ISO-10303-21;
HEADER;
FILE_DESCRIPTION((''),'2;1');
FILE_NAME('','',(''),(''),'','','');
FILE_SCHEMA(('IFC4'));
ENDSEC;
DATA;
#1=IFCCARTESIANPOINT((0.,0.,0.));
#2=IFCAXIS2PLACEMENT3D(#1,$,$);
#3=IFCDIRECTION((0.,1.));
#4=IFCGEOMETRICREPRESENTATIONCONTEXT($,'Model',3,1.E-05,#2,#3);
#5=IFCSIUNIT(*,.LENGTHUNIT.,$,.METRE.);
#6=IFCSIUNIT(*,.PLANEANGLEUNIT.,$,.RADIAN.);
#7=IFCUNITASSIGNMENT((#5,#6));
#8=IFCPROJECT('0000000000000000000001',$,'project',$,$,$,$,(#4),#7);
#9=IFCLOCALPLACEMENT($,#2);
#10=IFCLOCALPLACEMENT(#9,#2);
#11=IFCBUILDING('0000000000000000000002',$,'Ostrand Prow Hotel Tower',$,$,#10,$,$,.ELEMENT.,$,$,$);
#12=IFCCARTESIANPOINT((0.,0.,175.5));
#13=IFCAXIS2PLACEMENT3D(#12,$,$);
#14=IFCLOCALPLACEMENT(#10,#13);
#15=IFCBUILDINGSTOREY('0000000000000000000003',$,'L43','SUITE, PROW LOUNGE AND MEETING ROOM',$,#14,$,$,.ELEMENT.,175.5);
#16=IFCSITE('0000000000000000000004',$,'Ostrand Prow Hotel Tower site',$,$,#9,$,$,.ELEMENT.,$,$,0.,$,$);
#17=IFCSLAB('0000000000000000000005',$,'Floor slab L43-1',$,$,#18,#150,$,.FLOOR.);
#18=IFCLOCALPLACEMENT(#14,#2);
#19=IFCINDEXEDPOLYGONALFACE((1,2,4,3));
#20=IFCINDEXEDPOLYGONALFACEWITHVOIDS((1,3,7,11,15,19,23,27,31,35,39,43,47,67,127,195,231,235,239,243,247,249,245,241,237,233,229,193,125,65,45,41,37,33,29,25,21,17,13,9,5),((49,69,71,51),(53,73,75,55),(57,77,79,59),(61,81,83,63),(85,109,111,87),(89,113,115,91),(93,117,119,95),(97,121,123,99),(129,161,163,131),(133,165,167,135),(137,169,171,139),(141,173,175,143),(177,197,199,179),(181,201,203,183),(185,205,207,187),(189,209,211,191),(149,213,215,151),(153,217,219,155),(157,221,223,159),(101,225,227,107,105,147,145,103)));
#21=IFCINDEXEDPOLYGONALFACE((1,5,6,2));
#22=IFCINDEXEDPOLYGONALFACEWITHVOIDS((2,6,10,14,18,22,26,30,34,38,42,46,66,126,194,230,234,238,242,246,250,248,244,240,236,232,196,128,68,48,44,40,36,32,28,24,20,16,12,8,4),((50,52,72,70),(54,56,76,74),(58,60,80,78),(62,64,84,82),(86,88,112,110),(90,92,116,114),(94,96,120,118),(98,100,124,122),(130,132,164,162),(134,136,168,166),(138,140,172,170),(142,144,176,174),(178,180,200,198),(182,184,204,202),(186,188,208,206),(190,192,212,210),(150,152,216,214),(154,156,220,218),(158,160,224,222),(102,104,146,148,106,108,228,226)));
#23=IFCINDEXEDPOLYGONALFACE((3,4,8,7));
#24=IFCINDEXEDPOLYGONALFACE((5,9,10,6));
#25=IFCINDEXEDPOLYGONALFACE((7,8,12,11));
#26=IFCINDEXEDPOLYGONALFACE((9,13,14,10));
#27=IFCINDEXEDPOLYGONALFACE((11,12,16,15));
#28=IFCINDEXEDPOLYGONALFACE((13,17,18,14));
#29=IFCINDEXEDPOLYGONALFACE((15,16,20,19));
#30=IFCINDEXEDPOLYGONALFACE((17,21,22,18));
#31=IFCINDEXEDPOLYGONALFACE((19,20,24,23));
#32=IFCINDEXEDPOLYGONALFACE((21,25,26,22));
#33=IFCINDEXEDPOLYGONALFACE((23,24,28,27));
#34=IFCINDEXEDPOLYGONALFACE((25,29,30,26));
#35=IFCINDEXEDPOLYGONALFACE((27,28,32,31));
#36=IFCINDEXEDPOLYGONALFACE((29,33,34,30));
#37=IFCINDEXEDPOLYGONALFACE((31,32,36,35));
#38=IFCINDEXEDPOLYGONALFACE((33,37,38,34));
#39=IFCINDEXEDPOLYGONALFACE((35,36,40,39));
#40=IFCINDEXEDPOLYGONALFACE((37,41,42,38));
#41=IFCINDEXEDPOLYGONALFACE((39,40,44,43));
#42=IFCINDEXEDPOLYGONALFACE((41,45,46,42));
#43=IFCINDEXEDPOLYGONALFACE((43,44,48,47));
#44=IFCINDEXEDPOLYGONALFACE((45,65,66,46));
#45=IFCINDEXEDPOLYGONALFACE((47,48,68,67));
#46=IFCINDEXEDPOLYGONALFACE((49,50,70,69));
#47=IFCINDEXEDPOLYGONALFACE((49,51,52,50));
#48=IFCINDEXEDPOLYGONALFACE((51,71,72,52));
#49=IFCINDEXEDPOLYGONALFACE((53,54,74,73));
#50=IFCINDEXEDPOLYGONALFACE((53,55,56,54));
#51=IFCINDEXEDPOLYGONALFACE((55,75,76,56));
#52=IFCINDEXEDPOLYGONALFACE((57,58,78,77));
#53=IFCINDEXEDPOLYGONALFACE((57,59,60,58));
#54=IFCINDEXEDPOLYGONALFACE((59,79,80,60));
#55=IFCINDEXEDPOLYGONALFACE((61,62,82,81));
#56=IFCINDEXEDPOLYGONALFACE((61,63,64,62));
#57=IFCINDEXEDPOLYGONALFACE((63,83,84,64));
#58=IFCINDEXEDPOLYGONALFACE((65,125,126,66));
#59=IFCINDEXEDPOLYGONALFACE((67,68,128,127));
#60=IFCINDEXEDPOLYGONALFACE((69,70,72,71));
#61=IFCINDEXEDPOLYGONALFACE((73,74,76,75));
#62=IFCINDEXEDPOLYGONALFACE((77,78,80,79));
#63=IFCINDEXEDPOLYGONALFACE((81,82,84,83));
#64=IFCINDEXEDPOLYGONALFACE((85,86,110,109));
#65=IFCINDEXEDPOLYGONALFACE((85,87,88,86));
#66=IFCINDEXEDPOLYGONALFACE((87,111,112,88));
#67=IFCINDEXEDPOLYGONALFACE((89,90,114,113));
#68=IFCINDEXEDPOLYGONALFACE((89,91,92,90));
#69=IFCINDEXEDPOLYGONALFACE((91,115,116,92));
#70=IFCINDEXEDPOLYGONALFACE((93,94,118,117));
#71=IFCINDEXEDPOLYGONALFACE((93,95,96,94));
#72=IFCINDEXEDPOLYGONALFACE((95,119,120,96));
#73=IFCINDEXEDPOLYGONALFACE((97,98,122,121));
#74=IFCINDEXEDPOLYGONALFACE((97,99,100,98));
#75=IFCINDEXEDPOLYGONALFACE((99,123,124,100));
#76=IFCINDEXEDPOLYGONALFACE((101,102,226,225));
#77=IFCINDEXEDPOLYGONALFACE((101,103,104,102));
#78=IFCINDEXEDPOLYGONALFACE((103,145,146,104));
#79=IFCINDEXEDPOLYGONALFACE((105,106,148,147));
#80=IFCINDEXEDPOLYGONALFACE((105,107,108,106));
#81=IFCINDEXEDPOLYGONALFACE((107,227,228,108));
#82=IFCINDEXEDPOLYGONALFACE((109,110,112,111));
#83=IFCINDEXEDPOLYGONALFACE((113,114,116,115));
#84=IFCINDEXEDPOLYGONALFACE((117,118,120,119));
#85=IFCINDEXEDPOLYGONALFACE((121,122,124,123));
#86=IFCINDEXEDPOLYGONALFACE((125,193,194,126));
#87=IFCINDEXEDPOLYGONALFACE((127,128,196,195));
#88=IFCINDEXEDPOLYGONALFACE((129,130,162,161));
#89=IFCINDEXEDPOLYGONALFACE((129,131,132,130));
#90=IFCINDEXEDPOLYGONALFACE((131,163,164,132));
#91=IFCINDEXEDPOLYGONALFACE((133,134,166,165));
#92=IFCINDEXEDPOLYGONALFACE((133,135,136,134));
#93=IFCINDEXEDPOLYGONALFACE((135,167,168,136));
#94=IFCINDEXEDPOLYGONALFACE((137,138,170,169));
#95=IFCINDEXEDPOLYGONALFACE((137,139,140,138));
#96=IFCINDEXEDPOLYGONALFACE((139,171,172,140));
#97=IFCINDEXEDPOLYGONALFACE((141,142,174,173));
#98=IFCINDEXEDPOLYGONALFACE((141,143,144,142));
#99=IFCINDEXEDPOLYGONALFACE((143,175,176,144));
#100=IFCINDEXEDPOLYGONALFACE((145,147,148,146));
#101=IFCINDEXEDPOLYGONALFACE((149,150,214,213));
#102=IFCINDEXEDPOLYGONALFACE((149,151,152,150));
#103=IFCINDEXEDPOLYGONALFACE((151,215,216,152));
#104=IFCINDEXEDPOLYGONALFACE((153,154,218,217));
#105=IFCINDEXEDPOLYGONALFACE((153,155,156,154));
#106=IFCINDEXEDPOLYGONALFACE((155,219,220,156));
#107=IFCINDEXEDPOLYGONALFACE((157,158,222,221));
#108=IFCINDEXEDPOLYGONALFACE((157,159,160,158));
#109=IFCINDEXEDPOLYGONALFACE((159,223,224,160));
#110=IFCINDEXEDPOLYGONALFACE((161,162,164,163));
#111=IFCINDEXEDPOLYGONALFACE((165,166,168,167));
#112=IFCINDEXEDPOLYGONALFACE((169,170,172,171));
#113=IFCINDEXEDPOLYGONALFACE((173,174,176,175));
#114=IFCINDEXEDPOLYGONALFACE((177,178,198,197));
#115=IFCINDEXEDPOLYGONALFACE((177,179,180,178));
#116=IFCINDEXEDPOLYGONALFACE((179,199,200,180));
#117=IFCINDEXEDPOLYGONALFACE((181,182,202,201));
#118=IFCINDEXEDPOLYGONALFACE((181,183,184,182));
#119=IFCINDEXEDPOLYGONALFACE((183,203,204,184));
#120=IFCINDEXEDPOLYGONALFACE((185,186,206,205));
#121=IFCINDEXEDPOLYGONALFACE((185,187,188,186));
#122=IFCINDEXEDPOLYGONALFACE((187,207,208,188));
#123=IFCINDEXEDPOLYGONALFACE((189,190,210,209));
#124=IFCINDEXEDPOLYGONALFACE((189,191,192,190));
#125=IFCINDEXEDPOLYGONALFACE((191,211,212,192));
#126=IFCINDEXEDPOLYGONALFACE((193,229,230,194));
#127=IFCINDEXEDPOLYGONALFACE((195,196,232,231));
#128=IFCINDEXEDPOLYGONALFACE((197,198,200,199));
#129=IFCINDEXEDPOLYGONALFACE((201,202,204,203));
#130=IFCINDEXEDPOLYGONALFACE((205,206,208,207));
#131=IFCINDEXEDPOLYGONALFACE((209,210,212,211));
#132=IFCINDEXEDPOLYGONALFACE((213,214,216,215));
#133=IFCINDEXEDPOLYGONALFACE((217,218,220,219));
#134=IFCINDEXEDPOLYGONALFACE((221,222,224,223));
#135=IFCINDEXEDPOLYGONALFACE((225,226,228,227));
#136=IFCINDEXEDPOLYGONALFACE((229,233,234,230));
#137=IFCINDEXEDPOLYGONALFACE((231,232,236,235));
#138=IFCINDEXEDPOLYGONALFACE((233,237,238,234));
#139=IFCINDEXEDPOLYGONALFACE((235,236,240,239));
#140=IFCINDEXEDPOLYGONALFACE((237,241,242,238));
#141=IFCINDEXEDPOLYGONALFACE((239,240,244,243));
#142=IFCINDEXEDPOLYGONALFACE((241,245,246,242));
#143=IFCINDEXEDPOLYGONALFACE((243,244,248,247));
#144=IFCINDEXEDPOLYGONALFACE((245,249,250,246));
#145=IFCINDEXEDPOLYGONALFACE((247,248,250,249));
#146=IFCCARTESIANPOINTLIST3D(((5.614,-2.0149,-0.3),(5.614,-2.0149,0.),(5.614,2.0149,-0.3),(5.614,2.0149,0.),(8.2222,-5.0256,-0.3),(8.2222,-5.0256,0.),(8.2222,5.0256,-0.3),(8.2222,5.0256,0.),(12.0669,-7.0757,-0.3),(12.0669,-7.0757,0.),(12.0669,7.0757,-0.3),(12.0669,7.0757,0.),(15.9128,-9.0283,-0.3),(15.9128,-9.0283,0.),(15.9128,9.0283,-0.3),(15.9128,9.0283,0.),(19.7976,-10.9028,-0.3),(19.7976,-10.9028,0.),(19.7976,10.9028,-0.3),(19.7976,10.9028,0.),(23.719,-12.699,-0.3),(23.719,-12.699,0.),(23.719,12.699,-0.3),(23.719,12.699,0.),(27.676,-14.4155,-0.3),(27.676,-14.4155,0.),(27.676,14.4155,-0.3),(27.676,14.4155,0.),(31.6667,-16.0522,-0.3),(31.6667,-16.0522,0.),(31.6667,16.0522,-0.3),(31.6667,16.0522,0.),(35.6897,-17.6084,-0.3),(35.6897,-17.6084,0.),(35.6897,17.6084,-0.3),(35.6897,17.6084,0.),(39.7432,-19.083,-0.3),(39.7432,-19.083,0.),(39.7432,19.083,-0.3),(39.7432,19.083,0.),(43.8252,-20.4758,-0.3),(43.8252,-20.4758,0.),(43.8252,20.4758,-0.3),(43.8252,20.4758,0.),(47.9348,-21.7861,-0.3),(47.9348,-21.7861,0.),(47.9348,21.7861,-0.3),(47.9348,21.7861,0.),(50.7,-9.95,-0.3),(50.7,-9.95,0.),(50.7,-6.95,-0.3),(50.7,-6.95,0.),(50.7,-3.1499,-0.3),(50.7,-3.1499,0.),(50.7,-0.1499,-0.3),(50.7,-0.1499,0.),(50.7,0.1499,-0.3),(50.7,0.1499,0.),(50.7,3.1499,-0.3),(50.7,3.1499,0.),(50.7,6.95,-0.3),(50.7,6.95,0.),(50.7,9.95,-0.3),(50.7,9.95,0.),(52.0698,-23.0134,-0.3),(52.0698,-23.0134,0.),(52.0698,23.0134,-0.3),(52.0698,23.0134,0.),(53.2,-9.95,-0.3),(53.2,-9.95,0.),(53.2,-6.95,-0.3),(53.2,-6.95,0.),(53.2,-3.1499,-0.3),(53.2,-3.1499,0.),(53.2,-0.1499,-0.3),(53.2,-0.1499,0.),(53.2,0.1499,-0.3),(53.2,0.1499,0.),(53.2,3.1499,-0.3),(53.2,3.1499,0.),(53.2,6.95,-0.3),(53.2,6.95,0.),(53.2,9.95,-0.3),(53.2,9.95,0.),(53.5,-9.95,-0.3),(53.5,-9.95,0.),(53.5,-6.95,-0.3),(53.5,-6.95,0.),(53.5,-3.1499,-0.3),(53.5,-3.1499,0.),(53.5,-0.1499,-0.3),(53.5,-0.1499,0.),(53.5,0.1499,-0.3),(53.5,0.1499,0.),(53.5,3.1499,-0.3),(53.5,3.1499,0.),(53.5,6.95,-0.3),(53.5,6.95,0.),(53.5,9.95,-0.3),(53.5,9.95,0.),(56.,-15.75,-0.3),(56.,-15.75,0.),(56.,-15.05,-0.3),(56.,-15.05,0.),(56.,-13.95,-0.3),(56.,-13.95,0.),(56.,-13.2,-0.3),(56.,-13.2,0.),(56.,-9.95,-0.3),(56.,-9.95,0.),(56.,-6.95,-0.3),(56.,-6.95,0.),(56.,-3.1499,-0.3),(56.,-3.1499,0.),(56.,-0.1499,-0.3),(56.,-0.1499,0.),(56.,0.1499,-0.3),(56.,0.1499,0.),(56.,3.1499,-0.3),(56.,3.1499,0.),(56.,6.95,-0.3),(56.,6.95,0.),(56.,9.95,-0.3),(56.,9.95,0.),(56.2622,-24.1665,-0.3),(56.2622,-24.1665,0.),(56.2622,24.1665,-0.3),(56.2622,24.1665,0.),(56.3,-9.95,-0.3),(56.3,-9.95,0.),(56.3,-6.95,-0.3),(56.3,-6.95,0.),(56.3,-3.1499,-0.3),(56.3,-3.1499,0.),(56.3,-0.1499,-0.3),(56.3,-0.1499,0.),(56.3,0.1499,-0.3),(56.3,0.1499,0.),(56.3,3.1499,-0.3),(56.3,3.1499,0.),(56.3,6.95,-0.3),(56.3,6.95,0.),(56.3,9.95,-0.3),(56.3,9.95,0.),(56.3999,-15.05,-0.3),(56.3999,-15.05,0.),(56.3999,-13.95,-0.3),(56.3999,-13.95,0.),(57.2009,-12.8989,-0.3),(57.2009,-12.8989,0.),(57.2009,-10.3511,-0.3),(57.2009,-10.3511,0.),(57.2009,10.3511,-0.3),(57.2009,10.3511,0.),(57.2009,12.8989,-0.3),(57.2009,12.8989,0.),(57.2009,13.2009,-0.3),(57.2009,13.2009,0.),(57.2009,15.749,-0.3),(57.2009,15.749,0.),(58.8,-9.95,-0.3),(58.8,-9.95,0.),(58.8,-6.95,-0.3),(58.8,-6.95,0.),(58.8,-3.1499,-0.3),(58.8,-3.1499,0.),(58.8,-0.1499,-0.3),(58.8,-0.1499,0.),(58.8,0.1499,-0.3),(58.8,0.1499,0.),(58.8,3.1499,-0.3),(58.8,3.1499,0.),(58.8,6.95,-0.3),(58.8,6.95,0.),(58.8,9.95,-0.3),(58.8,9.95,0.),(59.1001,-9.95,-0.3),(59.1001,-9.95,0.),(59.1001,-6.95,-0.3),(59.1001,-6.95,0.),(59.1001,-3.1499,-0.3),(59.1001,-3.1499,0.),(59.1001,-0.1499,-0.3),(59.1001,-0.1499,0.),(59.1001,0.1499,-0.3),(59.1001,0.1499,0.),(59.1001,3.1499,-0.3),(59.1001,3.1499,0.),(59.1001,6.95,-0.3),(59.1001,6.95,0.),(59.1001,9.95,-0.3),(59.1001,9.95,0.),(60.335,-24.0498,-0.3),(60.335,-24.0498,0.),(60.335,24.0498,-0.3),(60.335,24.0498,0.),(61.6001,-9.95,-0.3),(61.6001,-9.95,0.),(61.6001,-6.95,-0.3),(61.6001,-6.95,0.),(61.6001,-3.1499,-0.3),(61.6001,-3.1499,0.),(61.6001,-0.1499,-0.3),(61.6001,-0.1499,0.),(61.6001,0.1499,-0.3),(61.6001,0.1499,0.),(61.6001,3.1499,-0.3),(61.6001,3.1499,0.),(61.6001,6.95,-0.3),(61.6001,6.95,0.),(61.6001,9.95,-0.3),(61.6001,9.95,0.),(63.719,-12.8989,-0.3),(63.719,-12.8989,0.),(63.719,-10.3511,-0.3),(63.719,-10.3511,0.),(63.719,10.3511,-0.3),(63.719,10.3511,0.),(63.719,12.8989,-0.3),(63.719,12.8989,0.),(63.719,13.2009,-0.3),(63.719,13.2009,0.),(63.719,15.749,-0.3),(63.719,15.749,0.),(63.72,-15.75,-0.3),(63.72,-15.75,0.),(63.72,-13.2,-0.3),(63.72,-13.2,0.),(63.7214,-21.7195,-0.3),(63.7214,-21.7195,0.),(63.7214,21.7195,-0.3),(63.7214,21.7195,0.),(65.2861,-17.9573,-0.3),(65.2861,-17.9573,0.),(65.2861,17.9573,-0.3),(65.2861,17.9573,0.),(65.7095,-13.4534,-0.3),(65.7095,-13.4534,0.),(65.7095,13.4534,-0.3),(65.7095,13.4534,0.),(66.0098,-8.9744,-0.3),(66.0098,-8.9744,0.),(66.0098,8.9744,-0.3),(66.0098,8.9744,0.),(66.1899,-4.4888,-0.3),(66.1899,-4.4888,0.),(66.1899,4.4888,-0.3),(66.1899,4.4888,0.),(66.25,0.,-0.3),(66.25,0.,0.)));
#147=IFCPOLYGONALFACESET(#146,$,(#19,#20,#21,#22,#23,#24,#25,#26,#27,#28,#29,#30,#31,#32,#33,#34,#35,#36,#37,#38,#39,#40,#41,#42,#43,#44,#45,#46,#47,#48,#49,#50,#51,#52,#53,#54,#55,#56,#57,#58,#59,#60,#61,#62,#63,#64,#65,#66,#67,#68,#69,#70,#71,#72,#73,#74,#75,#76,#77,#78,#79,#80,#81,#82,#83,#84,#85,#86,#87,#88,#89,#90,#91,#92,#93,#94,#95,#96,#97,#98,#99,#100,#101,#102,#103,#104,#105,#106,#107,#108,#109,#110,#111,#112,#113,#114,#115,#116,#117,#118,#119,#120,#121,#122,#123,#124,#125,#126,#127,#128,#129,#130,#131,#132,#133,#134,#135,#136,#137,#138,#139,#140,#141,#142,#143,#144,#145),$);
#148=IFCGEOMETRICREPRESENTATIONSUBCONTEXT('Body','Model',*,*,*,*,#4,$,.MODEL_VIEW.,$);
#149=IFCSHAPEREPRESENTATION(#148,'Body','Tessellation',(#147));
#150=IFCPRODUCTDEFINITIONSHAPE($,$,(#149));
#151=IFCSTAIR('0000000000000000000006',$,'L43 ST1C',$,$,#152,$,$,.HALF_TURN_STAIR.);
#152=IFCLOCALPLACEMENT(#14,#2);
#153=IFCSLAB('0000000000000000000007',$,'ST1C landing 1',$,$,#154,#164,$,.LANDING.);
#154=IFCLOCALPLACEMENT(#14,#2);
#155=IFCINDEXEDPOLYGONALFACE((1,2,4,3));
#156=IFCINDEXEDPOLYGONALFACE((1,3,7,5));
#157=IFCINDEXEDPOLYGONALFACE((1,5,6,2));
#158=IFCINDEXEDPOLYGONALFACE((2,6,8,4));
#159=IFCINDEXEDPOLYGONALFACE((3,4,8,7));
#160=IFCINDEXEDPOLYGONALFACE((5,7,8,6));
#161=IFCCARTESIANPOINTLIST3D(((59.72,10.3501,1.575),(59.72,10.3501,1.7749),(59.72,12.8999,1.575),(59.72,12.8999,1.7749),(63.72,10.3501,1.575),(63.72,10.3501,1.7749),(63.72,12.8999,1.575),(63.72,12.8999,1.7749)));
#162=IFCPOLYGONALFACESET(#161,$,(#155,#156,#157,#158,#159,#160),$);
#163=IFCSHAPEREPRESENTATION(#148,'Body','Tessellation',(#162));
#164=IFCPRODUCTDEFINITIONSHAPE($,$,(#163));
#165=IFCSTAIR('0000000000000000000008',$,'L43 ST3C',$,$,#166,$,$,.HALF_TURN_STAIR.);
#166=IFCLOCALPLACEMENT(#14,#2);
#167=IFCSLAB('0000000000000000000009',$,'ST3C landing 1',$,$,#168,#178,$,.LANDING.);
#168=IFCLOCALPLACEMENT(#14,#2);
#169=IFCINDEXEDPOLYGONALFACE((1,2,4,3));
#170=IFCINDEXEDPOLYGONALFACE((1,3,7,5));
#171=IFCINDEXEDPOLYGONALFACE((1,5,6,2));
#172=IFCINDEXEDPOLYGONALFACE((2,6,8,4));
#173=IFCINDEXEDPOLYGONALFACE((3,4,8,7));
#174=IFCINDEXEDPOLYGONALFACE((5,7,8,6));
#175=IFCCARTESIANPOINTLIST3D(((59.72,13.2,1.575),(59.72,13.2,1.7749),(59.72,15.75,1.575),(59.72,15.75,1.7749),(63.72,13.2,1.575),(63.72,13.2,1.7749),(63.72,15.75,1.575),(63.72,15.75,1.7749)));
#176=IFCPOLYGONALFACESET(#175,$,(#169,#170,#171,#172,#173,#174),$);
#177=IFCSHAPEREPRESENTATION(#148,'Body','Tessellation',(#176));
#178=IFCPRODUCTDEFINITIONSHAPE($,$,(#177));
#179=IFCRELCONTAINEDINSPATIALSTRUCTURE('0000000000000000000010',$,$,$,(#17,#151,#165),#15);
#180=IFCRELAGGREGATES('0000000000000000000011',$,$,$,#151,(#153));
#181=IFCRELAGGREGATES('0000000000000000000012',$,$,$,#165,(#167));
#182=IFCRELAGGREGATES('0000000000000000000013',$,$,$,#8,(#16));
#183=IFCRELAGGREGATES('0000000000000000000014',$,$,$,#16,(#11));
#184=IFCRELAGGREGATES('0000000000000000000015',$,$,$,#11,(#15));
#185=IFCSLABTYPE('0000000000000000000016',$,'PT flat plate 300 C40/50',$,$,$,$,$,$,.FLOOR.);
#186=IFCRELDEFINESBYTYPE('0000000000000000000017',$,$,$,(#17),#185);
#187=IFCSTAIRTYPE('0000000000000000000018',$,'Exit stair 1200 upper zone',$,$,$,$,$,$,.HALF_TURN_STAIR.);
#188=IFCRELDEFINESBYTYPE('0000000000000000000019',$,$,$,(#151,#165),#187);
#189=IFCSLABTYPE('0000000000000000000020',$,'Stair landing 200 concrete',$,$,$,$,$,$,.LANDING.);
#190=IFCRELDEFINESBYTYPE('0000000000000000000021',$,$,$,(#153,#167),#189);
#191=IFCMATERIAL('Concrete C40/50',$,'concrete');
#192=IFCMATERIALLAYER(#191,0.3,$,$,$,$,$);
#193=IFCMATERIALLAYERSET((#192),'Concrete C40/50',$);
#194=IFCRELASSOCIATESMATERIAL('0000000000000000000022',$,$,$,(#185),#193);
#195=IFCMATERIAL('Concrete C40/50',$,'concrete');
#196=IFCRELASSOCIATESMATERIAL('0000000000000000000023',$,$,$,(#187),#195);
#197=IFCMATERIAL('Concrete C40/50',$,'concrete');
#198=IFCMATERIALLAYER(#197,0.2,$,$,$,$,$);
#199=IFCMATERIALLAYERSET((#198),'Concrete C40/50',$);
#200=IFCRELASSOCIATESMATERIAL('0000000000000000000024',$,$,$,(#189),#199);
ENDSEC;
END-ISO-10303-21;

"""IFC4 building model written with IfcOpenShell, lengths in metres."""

from ifc_helpers import new_model, si_unit, direction, frame, origin, place, context, subcontext, project, spatial, polyline, outline, extrude, material, layer, layer_set, type_object, element, aggregate, save


model = new_model("IFC4")

# Units and contexts
model_context = context("Model", 3, precision=1e-05, world=origin(), true_north=direction((0.0, 1.0)))
body_context = subcontext(model_context, "Body", "Model", "MODEL_VIEW")
ifc_project = project(units=[si_unit("LENGTHUNIT", "METRE"), si_unit("PLANEANGLEUNIT", "RADIAN")], contexts=[model_context])

# Site, building, storey
site_placement = place(None, origin())
site = spatial("IfcSite", under=ifc_project, at=site_placement, Name="Ostrand Prow Hotel Tower site", CompositionType="ELEMENT", RefElevation=0.0)
building_placement = place(site_placement, origin())
building = spatial("IfcBuilding", under=site, at=building_placement, Name="Ostrand Prow Hotel Tower", CompositionType="ELEMENT")
storey_placement = place(building_placement, frame((0.0, 0.0, 175.5)))
storey = spatial("IfcBuildingStorey", under=building, at=storey_placement, Name="L43", Description="SUITE, PROW LOUNGE AND MEETING ROOM", CompositionType="ELEMENT", Elevation=175.5)

# Slab, opening
ifc_material_1 = material(Name="Concrete C40/50", Category="concrete")
ifc_layer_1 = layer(ifc_material_1, 0.3)
ifc_layer_set_1 = layer_set([ifc_layer_1], Name="Concrete C40/50")
slab_type_1 = type_object("IfcSlabType", Name="PT flat plate 300 C40/50", PredefinedType="FLOOR", material=ifc_layer_set_1)
slab_1_placement = place(storey_placement, frame((0.0, 0.0, -0.3)))
slab_1 = element("IfcSlab", 1, at=slab_1_placement, inside=storey, type_object=slab_type_1, Name="Floor slab L43-1", PredefinedType="FLOOR", context=body_context, shape_type="SweptSolid", body=[
    extrude(outline(polyline([(8.2222, 5.0256), (12.0669, 7.0757), (15.9128, 9.0283), (19.7976, 10.9028), (23.719, 12.699), (27.676, 14.4155), (31.6667, 16.0522), (35.6897, 17.6084), (39.7432, 19.083), (43.8252, 20.4758), (47.9348, 21.7861), (52.0698, 23.0134), (56.2622, 24.1665), (60.335, 24.0498), (63.7214, 21.7195), (65.2861, 17.9573), (65.7095, 13.4534), (66.0098, 8.9744), (66.1899, 4.4888), (66.25, 0.0), (66.1899, -4.4888), (66.0098, -8.9744), (65.7095, -13.4534), (65.2861, -17.9573), (63.7214, -21.7195), (60.335, -24.0498), (56.2622, -24.1665), (52.0698, -23.0134), (47.9348, -21.7861), (43.8252, -20.4758), (39.7432, -19.083), (35.6897, -17.6084), (31.6667, -16.0522), (27.676, -14.4155), (23.719, -12.699), (19.7976, -10.9028), (15.9128, -9.0283), (12.0669, -7.0757), (8.2222, -5.0256), (5.614, -2.0149), (5.614, 2.0149), (8.2222, 5.0256)]), holes=[polyline([(50.7, 6.95), (53.2, 6.95), (53.2, 9.95), (50.7, 9.95), (50.7, 6.95)]), polyline([(53.5, 6.95), (56.0, 6.95), (56.0, 9.95), (53.5, 9.95), (53.5, 6.95)]), polyline([(56.3, 6.95), (58.8, 6.95), (58.8, 9.95), (56.3, 9.95), (56.3, 6.95)]), polyline([(59.1001, 6.95), (61.6001, 6.95), (61.6001, 9.95), (59.1001, 9.95), (59.1001, 6.95)]), polyline([(50.7, 0.1499), (53.2, 0.1499), (53.2, 3.1499), (50.7, 3.1499), (50.7, 0.1499)]), polyline([(53.5, 0.1499), (56.0, 0.1499), (56.0, 3.1499), (53.5, 3.1499), (53.5, 0.1499)]), polyline([(56.3, 0.1499), (58.8, 0.1499), (58.8, 3.1499), (56.3, 3.1499), (56.3, 0.1499)]), polyline([(59.1001, 0.1499), (61.6001, 0.1499), (61.6001, 3.1499), (59.1001, 3.1499), (59.1001, 0.1499)]), polyline([(50.7, -3.1499), (53.2, -3.1499), (53.2, -0.1499), (50.7, -0.1499), (50.7, -3.1499)]), polyline([(53.5, -3.1499), (56.0, -3.1499), (56.0, -0.1499), (53.5, -0.1499), (53.5, -3.1499)]), polyline([(56.3, -3.1499), (58.8, -3.1499), (58.8, -0.1499), (56.3, -0.1499), (56.3, -3.1499)]), polyline([(59.1001, -3.1499), (61.6001, -3.1499), (61.6001, -0.1499), (59.1001, -0.1499), (59.1001, -3.1499)]), polyline([(50.7, -9.95), (53.2, -9.95), (53.2, -6.95), (50.7, -6.95), (50.7, -9.95)]), polyline([(53.5, -9.95), (56.0, -9.95), (56.0, -6.95), (53.5, -6.95), (53.5, -9.95)]), polyline([(56.3, -9.95), (58.8, -9.95), (58.8, -6.95), (56.3, -6.95), (56.3, -9.95)]), polyline([(59.1001, -9.95), (61.6001, -9.95), (61.6001, -6.95), (59.1001, -6.95), (59.1001, -9.95)]), polyline([(57.2009, 10.3511), (57.2009, 12.8989), (63.719, 12.8989), (63.719, 10.3511), (57.2009, 10.3511)]), polyline([(57.2009, 13.2009), (57.2009, 15.749), (63.719, 15.749), (63.719, 13.2009), (57.2009, 13.2009)]), polyline([(57.2009, -12.8989), (57.2009, -10.3511), (63.719, -10.3511), (63.719, -12.8989), (57.2009, -12.8989)]), polyline([(56.3999, -15.05), (56.3999, -13.95), (56.0, -13.95), (56.0, -13.2), (63.72, -13.2), (63.72, -15.75), (56.0, -15.75), (56.0, -15.05), (56.3999, -15.05)])]), origin(), (0.0, 0.0, 1.0), 0.3),
])
opening_1_placement = place(slab_1_placement, origin())
element("IfcOpeningElement", 2, at=opening_1_placement, cuts=slab_1, PredefinedType="OPENING", context=body_context, shape_type="SweptSolid", body=[
    extrude(outline(polyline([(56.3999, -15.05), (56.3999, -13.95), (56.0, -13.95), (56.0, -13.2), (63.72, -13.2), (63.72, -15.75), (56.0, -15.75), (56.0, -15.05), (56.3999, -15.05)])), origin(), (0.0, 0.0, 1.0), 0.3),
])

# Stairs, slabs
ifc_material_2 = material(Name="Concrete C40/50", Category="concrete")
stair_type = type_object("IfcStairType", Name="Exit stair 1200 upper zone", PredefinedType="HALF_TURN_STAIR", material=ifc_material_2)
stair_1_placement = place(storey_placement, origin())
stair_1 = element("IfcStair", 3, at=stair_1_placement, inside=storey, type_object=stair_type, Name="L43 ST1C", PredefinedType="HALF_TURN_STAIR")
ifc_material_3 = material(Name="Concrete C40/50", Category="concrete")
ifc_layer_2 = layer(ifc_material_3, 0.2)
ifc_layer_set_2 = layer_set([ifc_layer_2], Name="Concrete C40/50")
slab_type_2 = type_object("IfcSlabType", Name="Stair landing 200 concrete", PredefinedType="LANDING", material=ifc_layer_set_2)
slab_2_placement = place(storey_placement, frame((0.0, 0.0, 1.575)))
slab_2 = element("IfcSlab", 4, at=slab_2_placement, type_object=slab_type_2, Name="ST1C landing 1", PredefinedType="LANDING", context=body_context, shape_type="SweptSolid", body=[
    extrude(outline(polyline([(59.72, 10.3501), (63.72, 10.3501), (63.72, 12.8999), (59.72, 12.8999), (59.72, 10.3501)])), origin(), (0.0, 0.0, 1.0), 0.2),
])
aggregate(stair_1, [slab_2])
stair_2_placement = place(storey_placement, origin())
stair_2 = element("IfcStair", 5, at=stair_2_placement, inside=storey, type_object=stair_type, Name="L43 ST3C", PredefinedType="HALF_TURN_STAIR")
slab_3_placement = place(storey_placement, frame((0.0, 0.0, 1.575)))
slab_3 = element("IfcSlab", 6, at=slab_3_placement, type_object=slab_type_2, Name="ST3C landing 1", PredefinedType="LANDING", context=body_context, shape_type="SweptSolid", body=[
    extrude(outline(polyline([(59.72, 13.2), (63.72, 13.2), (63.72, 15.75), (59.72, 15.75), (59.72, 13.2)])), origin(), (0.0, 0.0, 1.0), 0.2),
])
aggregate(stair_2, [slab_3])

save(model, "model.ifc")
